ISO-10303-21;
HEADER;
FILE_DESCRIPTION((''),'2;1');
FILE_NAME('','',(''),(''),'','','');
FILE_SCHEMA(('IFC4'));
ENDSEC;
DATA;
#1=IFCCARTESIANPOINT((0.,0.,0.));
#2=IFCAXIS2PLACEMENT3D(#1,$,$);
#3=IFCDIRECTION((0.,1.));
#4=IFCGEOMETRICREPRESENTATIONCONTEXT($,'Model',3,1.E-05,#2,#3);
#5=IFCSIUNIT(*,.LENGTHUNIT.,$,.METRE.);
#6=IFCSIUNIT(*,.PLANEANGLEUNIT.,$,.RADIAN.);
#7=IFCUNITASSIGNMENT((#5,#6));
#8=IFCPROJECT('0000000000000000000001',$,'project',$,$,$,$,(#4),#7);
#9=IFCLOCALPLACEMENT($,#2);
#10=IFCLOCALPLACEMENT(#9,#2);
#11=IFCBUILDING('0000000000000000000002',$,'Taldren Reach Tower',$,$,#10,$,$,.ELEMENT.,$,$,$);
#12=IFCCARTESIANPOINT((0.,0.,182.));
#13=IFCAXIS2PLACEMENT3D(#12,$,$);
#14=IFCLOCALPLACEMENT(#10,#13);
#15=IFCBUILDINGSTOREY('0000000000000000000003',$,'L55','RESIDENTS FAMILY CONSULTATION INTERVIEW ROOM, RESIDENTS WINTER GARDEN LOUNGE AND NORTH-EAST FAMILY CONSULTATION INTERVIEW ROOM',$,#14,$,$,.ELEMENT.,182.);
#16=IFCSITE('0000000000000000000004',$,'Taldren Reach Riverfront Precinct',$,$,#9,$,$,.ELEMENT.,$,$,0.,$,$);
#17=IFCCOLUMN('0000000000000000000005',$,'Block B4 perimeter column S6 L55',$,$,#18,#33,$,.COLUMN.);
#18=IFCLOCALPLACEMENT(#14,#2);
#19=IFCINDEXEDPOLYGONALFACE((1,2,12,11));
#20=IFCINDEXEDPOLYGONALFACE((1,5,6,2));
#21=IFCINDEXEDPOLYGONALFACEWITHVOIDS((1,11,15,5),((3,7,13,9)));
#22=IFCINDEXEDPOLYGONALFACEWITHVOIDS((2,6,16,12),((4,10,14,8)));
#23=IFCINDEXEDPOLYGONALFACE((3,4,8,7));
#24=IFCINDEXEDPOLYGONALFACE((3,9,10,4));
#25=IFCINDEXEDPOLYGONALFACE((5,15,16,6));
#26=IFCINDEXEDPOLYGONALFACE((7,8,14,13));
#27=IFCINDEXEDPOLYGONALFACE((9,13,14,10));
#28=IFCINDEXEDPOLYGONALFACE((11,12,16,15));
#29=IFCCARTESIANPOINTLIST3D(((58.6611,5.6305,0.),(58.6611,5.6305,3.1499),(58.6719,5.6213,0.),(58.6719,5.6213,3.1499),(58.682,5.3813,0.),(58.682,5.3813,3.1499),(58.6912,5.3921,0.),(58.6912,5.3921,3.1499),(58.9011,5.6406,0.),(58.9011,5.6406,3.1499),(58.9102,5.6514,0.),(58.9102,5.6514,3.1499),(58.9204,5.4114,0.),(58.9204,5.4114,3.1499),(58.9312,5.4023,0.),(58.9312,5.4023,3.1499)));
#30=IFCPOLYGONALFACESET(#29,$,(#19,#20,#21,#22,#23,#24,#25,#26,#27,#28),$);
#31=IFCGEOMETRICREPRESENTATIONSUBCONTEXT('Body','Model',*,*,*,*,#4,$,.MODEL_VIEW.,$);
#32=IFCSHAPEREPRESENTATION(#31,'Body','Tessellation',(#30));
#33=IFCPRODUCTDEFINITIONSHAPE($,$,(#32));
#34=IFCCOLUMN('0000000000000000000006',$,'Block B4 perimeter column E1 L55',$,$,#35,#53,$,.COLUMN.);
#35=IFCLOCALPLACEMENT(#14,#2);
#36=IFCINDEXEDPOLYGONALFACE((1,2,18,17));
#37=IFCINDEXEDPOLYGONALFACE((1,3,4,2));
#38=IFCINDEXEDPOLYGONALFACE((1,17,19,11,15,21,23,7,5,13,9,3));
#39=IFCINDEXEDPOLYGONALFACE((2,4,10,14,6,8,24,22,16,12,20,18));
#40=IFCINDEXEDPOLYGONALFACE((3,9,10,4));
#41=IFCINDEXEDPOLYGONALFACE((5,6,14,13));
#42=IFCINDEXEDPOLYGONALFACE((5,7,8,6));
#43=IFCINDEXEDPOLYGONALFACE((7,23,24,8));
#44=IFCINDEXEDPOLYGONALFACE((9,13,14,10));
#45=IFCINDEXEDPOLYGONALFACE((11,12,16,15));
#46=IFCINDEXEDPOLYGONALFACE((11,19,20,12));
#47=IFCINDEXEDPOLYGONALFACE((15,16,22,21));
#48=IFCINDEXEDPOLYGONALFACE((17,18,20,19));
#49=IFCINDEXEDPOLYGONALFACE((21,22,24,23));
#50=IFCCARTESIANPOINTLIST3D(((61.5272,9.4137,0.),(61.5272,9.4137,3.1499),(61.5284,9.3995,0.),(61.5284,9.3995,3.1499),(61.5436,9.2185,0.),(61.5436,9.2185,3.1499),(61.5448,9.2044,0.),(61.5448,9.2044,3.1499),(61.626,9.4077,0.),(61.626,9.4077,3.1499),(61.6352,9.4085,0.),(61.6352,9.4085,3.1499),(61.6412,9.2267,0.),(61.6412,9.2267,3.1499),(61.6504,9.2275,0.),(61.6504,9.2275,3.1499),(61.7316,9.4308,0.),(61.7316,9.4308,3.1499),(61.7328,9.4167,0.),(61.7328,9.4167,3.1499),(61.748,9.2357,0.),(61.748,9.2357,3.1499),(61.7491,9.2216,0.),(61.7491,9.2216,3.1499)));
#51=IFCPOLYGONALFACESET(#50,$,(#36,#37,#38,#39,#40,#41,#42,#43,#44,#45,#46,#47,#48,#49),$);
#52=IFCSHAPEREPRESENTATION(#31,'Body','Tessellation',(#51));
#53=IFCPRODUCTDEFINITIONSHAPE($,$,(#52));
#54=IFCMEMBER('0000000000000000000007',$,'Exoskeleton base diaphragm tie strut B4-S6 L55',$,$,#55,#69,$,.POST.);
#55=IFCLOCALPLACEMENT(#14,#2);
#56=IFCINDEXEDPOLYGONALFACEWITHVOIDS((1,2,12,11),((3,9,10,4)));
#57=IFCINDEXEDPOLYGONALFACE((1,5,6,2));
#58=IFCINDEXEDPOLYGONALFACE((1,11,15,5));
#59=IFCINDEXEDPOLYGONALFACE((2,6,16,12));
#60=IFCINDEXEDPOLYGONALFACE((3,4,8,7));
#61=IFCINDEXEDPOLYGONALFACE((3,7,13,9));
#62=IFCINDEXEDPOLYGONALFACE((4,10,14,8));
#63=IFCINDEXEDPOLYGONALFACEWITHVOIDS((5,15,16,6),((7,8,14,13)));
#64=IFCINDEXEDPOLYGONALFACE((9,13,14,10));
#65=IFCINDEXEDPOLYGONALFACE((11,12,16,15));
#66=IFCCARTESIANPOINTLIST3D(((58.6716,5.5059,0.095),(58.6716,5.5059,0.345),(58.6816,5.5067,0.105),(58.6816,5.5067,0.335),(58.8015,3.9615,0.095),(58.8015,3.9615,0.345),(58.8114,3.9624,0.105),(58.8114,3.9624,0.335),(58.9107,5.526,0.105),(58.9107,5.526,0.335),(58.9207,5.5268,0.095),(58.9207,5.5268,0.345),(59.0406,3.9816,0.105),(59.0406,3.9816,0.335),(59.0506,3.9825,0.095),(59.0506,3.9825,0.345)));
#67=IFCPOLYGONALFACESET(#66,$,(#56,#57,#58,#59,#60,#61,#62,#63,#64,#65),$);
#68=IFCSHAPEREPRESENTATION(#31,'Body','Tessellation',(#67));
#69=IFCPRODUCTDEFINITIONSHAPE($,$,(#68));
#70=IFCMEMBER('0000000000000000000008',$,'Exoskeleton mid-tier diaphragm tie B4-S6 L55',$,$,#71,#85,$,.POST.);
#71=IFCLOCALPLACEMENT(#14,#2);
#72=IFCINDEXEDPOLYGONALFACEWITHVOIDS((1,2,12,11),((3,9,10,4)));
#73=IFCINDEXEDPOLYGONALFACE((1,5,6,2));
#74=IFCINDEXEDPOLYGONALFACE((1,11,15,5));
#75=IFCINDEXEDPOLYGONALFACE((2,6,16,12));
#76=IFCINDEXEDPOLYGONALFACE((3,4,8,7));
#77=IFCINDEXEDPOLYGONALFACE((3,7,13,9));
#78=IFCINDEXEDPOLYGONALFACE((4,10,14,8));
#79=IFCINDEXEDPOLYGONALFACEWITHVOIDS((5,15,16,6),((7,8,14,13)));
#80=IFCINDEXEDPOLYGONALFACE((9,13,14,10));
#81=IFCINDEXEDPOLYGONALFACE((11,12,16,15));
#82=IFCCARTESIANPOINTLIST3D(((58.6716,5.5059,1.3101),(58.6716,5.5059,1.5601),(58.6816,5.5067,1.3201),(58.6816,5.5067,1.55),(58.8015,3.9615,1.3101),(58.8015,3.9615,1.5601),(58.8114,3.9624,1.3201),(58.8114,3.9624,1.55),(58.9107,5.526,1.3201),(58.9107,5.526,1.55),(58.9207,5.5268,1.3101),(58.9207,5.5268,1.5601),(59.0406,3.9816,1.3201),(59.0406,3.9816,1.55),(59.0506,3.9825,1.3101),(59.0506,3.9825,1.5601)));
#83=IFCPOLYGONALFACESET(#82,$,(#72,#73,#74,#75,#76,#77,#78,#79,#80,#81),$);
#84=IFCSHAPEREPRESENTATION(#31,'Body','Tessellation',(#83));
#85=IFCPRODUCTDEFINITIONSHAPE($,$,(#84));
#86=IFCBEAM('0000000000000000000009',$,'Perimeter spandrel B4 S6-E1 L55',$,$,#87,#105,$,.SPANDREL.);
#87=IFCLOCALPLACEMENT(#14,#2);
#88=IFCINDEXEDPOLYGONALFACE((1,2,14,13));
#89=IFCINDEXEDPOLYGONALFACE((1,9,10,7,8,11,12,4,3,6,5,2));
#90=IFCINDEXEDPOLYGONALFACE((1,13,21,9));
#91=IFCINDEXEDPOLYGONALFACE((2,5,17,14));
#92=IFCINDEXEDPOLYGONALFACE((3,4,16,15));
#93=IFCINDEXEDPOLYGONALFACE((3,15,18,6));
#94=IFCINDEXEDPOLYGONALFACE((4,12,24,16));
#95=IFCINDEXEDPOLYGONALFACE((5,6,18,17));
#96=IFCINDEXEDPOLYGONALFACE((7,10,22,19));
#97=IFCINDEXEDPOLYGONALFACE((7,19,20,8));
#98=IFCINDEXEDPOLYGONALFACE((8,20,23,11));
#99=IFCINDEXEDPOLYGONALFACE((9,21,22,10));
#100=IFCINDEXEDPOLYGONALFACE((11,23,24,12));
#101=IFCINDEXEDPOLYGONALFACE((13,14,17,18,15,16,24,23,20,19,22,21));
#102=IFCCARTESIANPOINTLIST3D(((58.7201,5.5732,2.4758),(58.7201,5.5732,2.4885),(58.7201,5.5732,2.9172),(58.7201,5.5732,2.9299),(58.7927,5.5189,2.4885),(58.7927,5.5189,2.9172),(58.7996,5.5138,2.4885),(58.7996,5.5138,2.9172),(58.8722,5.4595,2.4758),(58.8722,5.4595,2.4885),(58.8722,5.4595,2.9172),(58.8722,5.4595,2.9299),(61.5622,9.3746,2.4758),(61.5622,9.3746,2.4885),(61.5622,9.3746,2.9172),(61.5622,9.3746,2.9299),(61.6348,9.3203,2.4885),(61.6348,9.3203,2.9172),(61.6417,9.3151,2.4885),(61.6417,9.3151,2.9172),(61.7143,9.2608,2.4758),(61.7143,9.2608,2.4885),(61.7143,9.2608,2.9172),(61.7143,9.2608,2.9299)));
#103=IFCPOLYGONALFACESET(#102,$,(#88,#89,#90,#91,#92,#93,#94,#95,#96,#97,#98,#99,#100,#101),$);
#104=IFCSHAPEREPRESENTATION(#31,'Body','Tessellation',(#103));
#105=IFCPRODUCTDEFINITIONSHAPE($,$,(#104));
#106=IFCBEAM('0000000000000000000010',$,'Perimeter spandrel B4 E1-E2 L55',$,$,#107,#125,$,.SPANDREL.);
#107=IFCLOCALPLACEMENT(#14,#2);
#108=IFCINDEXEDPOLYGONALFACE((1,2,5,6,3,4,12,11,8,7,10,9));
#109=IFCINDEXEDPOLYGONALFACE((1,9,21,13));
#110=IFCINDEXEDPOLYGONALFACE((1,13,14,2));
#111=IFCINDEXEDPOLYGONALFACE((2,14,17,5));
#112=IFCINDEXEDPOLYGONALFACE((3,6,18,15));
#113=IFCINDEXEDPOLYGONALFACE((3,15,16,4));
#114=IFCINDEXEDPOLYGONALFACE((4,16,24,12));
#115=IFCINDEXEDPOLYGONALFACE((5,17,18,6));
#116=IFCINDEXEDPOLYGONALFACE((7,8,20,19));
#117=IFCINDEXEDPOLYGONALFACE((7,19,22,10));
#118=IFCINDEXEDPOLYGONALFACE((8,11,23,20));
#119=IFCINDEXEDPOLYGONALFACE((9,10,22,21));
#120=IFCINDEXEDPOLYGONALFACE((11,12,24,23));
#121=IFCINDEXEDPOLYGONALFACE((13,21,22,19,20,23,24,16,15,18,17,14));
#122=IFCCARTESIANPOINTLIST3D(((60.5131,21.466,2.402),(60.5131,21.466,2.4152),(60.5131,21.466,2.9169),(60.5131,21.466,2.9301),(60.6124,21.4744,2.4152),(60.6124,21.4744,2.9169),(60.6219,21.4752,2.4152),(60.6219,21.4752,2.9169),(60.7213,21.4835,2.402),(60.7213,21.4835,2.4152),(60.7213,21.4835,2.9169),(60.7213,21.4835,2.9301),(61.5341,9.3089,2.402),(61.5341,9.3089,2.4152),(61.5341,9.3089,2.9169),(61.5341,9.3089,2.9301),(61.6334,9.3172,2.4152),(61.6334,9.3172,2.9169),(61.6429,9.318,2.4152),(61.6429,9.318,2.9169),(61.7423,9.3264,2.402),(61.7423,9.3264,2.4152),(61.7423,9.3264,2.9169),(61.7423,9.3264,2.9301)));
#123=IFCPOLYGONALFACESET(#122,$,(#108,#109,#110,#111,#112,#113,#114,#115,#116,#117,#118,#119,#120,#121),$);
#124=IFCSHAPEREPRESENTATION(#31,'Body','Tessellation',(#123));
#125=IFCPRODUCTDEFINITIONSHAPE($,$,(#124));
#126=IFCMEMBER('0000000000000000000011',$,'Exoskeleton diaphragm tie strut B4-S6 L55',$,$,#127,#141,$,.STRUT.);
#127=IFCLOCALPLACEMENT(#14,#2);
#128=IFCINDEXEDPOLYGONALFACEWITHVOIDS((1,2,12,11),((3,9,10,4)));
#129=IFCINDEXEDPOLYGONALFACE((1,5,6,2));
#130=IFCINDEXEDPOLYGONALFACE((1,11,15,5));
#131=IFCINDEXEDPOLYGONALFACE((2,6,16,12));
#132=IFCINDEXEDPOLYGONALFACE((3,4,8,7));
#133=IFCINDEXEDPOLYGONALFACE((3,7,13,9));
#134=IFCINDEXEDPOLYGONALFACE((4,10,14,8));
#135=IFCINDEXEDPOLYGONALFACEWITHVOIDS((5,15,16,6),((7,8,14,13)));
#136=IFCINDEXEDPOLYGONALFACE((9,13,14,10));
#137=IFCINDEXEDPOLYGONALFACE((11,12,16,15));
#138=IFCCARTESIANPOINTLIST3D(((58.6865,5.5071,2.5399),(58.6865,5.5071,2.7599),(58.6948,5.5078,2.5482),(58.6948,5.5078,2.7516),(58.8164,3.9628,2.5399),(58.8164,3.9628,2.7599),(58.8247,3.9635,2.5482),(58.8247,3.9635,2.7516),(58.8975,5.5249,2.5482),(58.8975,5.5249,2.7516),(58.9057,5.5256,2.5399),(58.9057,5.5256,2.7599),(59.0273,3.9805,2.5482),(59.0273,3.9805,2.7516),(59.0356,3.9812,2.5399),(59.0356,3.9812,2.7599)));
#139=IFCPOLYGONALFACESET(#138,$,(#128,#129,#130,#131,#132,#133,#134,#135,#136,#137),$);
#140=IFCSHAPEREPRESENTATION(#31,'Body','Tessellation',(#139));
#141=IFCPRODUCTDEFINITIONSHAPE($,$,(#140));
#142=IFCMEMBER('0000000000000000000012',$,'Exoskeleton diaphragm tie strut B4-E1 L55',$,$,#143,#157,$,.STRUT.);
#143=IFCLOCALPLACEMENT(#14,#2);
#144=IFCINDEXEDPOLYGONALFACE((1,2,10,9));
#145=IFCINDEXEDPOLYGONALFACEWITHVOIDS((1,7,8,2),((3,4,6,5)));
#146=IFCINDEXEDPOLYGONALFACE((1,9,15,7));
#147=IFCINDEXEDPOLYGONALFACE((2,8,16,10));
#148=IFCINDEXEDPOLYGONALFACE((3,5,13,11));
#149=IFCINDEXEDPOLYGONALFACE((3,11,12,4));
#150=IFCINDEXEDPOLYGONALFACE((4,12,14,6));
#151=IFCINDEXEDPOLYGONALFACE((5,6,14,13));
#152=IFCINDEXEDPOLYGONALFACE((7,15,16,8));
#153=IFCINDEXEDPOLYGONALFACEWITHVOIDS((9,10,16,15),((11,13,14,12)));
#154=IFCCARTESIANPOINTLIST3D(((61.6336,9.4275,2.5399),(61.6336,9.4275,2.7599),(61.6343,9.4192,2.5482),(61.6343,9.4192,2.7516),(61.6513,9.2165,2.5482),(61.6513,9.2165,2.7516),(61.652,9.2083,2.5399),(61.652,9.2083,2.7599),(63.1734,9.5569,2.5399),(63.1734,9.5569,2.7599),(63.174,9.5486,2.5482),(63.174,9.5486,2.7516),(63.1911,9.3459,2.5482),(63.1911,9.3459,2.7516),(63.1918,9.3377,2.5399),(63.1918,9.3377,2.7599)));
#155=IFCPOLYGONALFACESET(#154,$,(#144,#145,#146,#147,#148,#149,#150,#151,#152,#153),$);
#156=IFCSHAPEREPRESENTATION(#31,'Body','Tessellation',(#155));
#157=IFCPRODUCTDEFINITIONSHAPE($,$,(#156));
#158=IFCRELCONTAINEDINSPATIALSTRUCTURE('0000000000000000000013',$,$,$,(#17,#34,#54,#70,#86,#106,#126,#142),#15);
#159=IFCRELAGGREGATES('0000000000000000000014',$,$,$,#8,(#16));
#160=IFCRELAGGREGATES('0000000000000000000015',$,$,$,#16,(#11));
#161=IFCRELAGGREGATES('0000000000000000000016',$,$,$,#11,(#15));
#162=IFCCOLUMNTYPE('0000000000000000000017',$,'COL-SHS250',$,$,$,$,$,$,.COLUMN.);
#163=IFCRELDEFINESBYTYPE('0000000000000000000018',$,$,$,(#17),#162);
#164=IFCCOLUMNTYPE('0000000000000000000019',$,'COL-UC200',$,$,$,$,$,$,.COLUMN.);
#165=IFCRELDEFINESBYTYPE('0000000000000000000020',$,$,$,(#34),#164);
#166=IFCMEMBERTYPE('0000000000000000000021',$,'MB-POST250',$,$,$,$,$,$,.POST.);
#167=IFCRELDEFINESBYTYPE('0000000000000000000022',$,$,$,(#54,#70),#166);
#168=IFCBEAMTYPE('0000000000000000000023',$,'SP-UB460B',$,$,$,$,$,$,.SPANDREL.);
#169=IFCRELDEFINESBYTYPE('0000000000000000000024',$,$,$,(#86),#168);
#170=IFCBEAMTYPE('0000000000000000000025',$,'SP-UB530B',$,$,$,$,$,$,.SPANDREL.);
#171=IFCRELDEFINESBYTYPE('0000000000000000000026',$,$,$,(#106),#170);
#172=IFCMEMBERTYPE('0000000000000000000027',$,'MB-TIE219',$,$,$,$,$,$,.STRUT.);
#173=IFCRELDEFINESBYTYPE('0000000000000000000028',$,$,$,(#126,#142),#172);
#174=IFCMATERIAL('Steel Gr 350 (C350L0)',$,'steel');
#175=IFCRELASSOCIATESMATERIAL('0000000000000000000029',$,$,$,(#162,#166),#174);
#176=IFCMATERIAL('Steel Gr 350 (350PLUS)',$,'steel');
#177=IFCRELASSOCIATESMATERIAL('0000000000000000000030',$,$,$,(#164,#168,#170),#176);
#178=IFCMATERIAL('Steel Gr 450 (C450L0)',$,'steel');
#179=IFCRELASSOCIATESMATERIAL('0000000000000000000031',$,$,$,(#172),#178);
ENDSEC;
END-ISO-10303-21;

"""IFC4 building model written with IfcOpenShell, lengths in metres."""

from ifc_helpers import new_model, si_unit, direction, frame, origin, origin_2d, place, context, subcontext, project, spatial, hollow_rectangle, i_section, extrude, source, transform, mapped, material, material_profile, profile_set, type_object, element, save


model = new_model("IFC4")

# Units and contexts
model_context = context("Model", 3, precision=1e-05, world=origin(), true_north=direction((0.0, 1.0)))
body_context = subcontext(model_context, "Body", "Model", "MODEL_VIEW")
ifc_project = project(units=[si_unit("LENGTHUNIT", "METRE"), si_unit("PLANEANGLEUNIT", "RADIAN")], contexts=[model_context])

# Site, building, storey
site_placement = place(None, origin())
site = spatial("IfcSite", under=ifc_project, at=site_placement, Name="Taldren Reach Riverfront Precinct", CompositionType="ELEMENT", RefElevation=0.0)
building_placement = place(site_placement, origin())
building = spatial("IfcBuilding", under=site, at=building_placement, Name="Taldren Reach Tower", CompositionType="ELEMENT")
storey_placement = place(building_placement, frame((0.0, 0.0, 182.0)))
storey = spatial("IfcBuildingStorey", under=building, at=storey_placement, Name="L55", Description="RESIDENTS FAMILY CONSULTATION INTERVIEW ROOM, RESIDENTS WINTER GARDEN LOUNGE AND NORTH-EAST FAMILY CONSULTATION INTERVIEW ROOM", CompositionType="ELEMENT", Elevation=182.0)

# Columns
ifc_material_1 = material(Name="Steel Gr 350 (C350L0)", Category="steel")
ifc_material_profile_1 = material_profile(ifc_material_1, hollow_rectangle(XDim=0.25, YDim=0.25, WallThickness=0.01, at=origin_2d()), Name="250x250x10.0SHS")
ifc_profile_set_1 = profile_set([ifc_material_profile_1], Name="Steel Gr 350 (C350L0)")
column_type_1 = type_object("IfcColumnType", Name="COL-SHS250", PredefinedType="COLUMN", material=ifc_profile_set_1)
shared_shape_1 = source(origin(), body_context, "Body", "SweptSolid", [
    extrude(hollow_rectangle(XDim=0.25, YDim=0.25, WallThickness=0.01, at=origin_2d()), origin(), (0.0, 0.0, 1.0), 3.1499),
])
column_1_placement = place(storey_placement, frame((58.7961, 5.5164, 0.0), z_axis=(0.0, 0.0, 1.0), x_axis=(0.996493, 0.083678, 0.0)))
element("IfcColumn", 1, at=column_1_placement, inside=storey, type_object=column_type_1, Name="Block B4 perimeter column S6 L55", PredefinedType="COLUMN", context=body_context, shape_type="MappedRepresentation", body=[
    mapped(shared_shape_1, transform((0.0, 0.0, 0.0), scale=1.0)),
])
ifc_material_2 = material(Name="Steel Gr 350 (350PLUS)", Category="steel")
ifc_material_profile_2 = material_profile(ifc_material_2, i_section(OverallWidth=0.2051, OverallDepth=0.21, WebThickness=0.0093, FlangeThickness=0.0142, at=origin_2d()), Name="200UC59.5")
ifc_profile_set_2 = profile_set([ifc_material_profile_2], Name="Steel Gr 350 (350PLUS)")
column_type_2 = type_object("IfcColumnType", Name="COL-UC200", PredefinedType="COLUMN", material=ifc_profile_set_2)
shared_shape_2 = source(origin(), body_context, "Body", "SweptSolid", [
    extrude(i_section(OverallWidth=0.2051, OverallDepth=0.21, WebThickness=0.0093, FlangeThickness=0.0142, at=origin_2d()), origin(), (0.0, 0.0, 1.0), 3.1499),
])
column_2_placement = place(storey_placement, frame((61.6382, 9.3176, 0.0), z_axis=(0.0, 0.0, 1.0), x_axis=(0.996493, 0.083678, 0.0)))
element("IfcColumn", 2, at=column_2_placement, inside=storey, type_object=column_type_2, Name="Block B4 perimeter column E1 L55", PredefinedType="COLUMN", context=body_context, shape_type="MappedRepresentation", body=[
    mapped(shared_shape_2, transform((0.0, 0.0, 0.0), scale=1.0)),
])

# Members
ifc_material_profile_3 = material_profile(ifc_material_1, hollow_rectangle(XDim=0.25, YDim=0.25, WallThickness=0.01, at=origin_2d()), Name="250x250x10.0SHS")
ifc_profile_set_3 = profile_set([ifc_material_profile_3], Name="Steel Gr 350 (C350L0)")
member_type_1 = type_object("IfcMemberType", Name="MB-POST250", PredefinedType="POST", material=ifc_profile_set_3)
shared_shape_3 = source(origin(), body_context, "Body", "SweptSolid", [
    extrude(hollow_rectangle(XDim=0.25, YDim=0.25, WallThickness=0.01, at=origin_2d()), origin(), (0.0, 0.0, 1.0), 1.5498),
])
for number, where, z_axis, x_axis, name in (
    (3, (58.7961, 5.5164, 0.22), (0.083802, -0.996482, 0.0), (0.996482, 0.083802, 0.0), "Exoskeleton base diaphragm tie strut B4-S6 L55"),
    (4, (58.7961, 5.5164, 1.4351), (0.083802, -0.996482, 0.0), (0.996482, 0.083802, 0.0), "Exoskeleton mid-tier diaphragm tie B4-S6 L55"),
):
    element("IfcMember", number, at=place(storey_placement, frame(where, z_axis=z_axis, x_axis=x_axis)), inside=storey, type_object=member_type_1, Name=name, PredefinedType="POST", context=body_context, shape_type="MappedRepresentation", body=[
        mapped(shared_shape_3, transform((0.0, 0.0, 0.0), scale=1.0)),
    ])

# Beams
ifc_material_profile_4 = material_profile(ifc_material_2, i_section(OverallWidth=0.1899, OverallDepth=0.4541, WebThickness=0.0085, FlangeThickness=0.0127, at=origin_2d()), Name="460UB67.1")
ifc_profile_set_4 = profile_set([ifc_material_profile_4], Name="Steel Gr 350 (350PLUS)")
beam_type_1 = type_object("IfcBeamType", Name="SP-UB460B", PredefinedType="SPANDREL", material=ifc_profile_set_4)
shared_shape_4 = source(origin(), body_context, "Body", "SweptSolid", [
    extrude(i_section(OverallWidth=0.1899, OverallDepth=0.4541, WebThickness=0.0085, FlangeThickness=0.0127, at=origin_2d()), origin(), (0.0, 0.0, 1.0), 4.7463),
])
beam_1_placement = place(storey_placement, frame((58.7961, 5.5164, 2.7029), z_axis=(0.598798, 0.8009, 0.0), x_axis=(-0.8009, 0.598798, 0.0)))
element("IfcBeam", 5, at=beam_1_placement, inside=storey, type_object=beam_type_1, Name="Perimeter spandrel B4 S6-E1 L55", PredefinedType="SPANDREL", context=body_context, shape_type="MappedRepresentation", body=[
    mapped(shared_shape_4, transform((0.0, 0.0, 0.0), scale=1.0)),
])
ifc_material_profile_5 = material_profile(ifc_material_2, i_section(OverallWidth=0.209, OverallDepth=0.5281, WebThickness=0.0095, FlangeThickness=0.0132, at=origin_2d()), Name="530UB82.0")
ifc_profile_set_5 = profile_set([ifc_material_profile_5], Name="Steel Gr 350 (350PLUS)")
beam_type_2 = type_object("IfcBeamType", Name="SP-UB530B", PredefinedType="SPANDREL", material=ifc_profile_set_5)
shared_shape_5 = source(origin(), body_context, "Body", "SweptSolid", [
    extrude(i_section(OverallWidth=0.209, OverallDepth=0.5281, WebThickness=0.0095, FlangeThickness=0.0132, at=origin_2d()), origin(), (0.0, 0.0, 1.0), 12.2),
])
beam_2_placement = place(storey_placement, frame((61.6382, 9.3176, 2.666), z_axis=(-0.083688, 0.996492, 0.0), x_axis=(-0.996492, -0.083688, 0.0)))
element("IfcBeam", 6, at=beam_2_placement, inside=storey, type_object=beam_type_2, Name="Perimeter spandrel B4 E1-E2 L55", PredefinedType="SPANDREL", context=body_context, shape_type="MappedRepresentation", body=[
    mapped(shared_shape_5, transform((0.0, 0.0, 0.0), scale=1.0)),
])

# Members
ifc_material_3 = material(Name="Steel Gr 450 (C450L0)", Category="steel")
ifc_material_profile_6 = material_profile(ifc_material_3, hollow_rectangle(XDim=0.22, YDim=0.22, WallThickness=0.0083, at=origin_2d()), Name="220x220x8.2SHS")
ifc_profile_set_6 = profile_set([ifc_material_profile_6], Name="Steel Gr 450 (C450L0)")
member_type_2 = type_object("IfcMemberType", Name="MB-TIE219", PredefinedType="STRUT", material=ifc_profile_set_6)
shared_shape_6 = source(origin(), body_context, "Body", "SweptSolid", [
    extrude(hollow_rectangle(XDim=0.22, YDim=0.22, WallThickness=0.0083, at=origin_2d()), origin(), (0.0, 0.0, 1.0), 1.5498),
])
member_1_placement = place(storey_placement, frame((58.7961, 5.5164, 2.6499), z_axis=(0.083802, -0.996482, 0.0), x_axis=(0.996482, 0.083802, 0.0)))
element("IfcMember", 7, at=member_1_placement, inside=storey, type_object=member_type_2, Name="Exoskeleton diaphragm tie strut B4-S6 L55", PredefinedType="STRUT", context=body_context, shape_type="MappedRepresentation", body=[
    mapped(shared_shape_6, transform((0.0, 0.0, 0.0), scale=1.0)),
])
shared_shape_7 = source(origin(), body_context, "Body", "SweptSolid", [
    extrude(hollow_rectangle(XDim=0.22, YDim=0.22, WallThickness=0.0083, at=origin_2d()), origin(), (0.0, 0.0, 1.0), 1.5452),
])
member_2_placement = place(storey_placement, frame((61.6428, 9.3179, 2.6499), z_axis=(0.996488, 0.083738, 0.0), x_axis=(-0.083738, 0.996488, 0.0)))
element("IfcMember", 8, at=member_2_placement, inside=storey, type_object=member_type_2, Name="Exoskeleton diaphragm tie strut B4-E1 L55", PredefinedType="STRUT", context=body_context, shape_type="MappedRepresentation", body=[
    mapped(shared_shape_7, transform((0.0, 0.0, 0.0), scale=1.0)),
])

save(model, "model.ifc")
